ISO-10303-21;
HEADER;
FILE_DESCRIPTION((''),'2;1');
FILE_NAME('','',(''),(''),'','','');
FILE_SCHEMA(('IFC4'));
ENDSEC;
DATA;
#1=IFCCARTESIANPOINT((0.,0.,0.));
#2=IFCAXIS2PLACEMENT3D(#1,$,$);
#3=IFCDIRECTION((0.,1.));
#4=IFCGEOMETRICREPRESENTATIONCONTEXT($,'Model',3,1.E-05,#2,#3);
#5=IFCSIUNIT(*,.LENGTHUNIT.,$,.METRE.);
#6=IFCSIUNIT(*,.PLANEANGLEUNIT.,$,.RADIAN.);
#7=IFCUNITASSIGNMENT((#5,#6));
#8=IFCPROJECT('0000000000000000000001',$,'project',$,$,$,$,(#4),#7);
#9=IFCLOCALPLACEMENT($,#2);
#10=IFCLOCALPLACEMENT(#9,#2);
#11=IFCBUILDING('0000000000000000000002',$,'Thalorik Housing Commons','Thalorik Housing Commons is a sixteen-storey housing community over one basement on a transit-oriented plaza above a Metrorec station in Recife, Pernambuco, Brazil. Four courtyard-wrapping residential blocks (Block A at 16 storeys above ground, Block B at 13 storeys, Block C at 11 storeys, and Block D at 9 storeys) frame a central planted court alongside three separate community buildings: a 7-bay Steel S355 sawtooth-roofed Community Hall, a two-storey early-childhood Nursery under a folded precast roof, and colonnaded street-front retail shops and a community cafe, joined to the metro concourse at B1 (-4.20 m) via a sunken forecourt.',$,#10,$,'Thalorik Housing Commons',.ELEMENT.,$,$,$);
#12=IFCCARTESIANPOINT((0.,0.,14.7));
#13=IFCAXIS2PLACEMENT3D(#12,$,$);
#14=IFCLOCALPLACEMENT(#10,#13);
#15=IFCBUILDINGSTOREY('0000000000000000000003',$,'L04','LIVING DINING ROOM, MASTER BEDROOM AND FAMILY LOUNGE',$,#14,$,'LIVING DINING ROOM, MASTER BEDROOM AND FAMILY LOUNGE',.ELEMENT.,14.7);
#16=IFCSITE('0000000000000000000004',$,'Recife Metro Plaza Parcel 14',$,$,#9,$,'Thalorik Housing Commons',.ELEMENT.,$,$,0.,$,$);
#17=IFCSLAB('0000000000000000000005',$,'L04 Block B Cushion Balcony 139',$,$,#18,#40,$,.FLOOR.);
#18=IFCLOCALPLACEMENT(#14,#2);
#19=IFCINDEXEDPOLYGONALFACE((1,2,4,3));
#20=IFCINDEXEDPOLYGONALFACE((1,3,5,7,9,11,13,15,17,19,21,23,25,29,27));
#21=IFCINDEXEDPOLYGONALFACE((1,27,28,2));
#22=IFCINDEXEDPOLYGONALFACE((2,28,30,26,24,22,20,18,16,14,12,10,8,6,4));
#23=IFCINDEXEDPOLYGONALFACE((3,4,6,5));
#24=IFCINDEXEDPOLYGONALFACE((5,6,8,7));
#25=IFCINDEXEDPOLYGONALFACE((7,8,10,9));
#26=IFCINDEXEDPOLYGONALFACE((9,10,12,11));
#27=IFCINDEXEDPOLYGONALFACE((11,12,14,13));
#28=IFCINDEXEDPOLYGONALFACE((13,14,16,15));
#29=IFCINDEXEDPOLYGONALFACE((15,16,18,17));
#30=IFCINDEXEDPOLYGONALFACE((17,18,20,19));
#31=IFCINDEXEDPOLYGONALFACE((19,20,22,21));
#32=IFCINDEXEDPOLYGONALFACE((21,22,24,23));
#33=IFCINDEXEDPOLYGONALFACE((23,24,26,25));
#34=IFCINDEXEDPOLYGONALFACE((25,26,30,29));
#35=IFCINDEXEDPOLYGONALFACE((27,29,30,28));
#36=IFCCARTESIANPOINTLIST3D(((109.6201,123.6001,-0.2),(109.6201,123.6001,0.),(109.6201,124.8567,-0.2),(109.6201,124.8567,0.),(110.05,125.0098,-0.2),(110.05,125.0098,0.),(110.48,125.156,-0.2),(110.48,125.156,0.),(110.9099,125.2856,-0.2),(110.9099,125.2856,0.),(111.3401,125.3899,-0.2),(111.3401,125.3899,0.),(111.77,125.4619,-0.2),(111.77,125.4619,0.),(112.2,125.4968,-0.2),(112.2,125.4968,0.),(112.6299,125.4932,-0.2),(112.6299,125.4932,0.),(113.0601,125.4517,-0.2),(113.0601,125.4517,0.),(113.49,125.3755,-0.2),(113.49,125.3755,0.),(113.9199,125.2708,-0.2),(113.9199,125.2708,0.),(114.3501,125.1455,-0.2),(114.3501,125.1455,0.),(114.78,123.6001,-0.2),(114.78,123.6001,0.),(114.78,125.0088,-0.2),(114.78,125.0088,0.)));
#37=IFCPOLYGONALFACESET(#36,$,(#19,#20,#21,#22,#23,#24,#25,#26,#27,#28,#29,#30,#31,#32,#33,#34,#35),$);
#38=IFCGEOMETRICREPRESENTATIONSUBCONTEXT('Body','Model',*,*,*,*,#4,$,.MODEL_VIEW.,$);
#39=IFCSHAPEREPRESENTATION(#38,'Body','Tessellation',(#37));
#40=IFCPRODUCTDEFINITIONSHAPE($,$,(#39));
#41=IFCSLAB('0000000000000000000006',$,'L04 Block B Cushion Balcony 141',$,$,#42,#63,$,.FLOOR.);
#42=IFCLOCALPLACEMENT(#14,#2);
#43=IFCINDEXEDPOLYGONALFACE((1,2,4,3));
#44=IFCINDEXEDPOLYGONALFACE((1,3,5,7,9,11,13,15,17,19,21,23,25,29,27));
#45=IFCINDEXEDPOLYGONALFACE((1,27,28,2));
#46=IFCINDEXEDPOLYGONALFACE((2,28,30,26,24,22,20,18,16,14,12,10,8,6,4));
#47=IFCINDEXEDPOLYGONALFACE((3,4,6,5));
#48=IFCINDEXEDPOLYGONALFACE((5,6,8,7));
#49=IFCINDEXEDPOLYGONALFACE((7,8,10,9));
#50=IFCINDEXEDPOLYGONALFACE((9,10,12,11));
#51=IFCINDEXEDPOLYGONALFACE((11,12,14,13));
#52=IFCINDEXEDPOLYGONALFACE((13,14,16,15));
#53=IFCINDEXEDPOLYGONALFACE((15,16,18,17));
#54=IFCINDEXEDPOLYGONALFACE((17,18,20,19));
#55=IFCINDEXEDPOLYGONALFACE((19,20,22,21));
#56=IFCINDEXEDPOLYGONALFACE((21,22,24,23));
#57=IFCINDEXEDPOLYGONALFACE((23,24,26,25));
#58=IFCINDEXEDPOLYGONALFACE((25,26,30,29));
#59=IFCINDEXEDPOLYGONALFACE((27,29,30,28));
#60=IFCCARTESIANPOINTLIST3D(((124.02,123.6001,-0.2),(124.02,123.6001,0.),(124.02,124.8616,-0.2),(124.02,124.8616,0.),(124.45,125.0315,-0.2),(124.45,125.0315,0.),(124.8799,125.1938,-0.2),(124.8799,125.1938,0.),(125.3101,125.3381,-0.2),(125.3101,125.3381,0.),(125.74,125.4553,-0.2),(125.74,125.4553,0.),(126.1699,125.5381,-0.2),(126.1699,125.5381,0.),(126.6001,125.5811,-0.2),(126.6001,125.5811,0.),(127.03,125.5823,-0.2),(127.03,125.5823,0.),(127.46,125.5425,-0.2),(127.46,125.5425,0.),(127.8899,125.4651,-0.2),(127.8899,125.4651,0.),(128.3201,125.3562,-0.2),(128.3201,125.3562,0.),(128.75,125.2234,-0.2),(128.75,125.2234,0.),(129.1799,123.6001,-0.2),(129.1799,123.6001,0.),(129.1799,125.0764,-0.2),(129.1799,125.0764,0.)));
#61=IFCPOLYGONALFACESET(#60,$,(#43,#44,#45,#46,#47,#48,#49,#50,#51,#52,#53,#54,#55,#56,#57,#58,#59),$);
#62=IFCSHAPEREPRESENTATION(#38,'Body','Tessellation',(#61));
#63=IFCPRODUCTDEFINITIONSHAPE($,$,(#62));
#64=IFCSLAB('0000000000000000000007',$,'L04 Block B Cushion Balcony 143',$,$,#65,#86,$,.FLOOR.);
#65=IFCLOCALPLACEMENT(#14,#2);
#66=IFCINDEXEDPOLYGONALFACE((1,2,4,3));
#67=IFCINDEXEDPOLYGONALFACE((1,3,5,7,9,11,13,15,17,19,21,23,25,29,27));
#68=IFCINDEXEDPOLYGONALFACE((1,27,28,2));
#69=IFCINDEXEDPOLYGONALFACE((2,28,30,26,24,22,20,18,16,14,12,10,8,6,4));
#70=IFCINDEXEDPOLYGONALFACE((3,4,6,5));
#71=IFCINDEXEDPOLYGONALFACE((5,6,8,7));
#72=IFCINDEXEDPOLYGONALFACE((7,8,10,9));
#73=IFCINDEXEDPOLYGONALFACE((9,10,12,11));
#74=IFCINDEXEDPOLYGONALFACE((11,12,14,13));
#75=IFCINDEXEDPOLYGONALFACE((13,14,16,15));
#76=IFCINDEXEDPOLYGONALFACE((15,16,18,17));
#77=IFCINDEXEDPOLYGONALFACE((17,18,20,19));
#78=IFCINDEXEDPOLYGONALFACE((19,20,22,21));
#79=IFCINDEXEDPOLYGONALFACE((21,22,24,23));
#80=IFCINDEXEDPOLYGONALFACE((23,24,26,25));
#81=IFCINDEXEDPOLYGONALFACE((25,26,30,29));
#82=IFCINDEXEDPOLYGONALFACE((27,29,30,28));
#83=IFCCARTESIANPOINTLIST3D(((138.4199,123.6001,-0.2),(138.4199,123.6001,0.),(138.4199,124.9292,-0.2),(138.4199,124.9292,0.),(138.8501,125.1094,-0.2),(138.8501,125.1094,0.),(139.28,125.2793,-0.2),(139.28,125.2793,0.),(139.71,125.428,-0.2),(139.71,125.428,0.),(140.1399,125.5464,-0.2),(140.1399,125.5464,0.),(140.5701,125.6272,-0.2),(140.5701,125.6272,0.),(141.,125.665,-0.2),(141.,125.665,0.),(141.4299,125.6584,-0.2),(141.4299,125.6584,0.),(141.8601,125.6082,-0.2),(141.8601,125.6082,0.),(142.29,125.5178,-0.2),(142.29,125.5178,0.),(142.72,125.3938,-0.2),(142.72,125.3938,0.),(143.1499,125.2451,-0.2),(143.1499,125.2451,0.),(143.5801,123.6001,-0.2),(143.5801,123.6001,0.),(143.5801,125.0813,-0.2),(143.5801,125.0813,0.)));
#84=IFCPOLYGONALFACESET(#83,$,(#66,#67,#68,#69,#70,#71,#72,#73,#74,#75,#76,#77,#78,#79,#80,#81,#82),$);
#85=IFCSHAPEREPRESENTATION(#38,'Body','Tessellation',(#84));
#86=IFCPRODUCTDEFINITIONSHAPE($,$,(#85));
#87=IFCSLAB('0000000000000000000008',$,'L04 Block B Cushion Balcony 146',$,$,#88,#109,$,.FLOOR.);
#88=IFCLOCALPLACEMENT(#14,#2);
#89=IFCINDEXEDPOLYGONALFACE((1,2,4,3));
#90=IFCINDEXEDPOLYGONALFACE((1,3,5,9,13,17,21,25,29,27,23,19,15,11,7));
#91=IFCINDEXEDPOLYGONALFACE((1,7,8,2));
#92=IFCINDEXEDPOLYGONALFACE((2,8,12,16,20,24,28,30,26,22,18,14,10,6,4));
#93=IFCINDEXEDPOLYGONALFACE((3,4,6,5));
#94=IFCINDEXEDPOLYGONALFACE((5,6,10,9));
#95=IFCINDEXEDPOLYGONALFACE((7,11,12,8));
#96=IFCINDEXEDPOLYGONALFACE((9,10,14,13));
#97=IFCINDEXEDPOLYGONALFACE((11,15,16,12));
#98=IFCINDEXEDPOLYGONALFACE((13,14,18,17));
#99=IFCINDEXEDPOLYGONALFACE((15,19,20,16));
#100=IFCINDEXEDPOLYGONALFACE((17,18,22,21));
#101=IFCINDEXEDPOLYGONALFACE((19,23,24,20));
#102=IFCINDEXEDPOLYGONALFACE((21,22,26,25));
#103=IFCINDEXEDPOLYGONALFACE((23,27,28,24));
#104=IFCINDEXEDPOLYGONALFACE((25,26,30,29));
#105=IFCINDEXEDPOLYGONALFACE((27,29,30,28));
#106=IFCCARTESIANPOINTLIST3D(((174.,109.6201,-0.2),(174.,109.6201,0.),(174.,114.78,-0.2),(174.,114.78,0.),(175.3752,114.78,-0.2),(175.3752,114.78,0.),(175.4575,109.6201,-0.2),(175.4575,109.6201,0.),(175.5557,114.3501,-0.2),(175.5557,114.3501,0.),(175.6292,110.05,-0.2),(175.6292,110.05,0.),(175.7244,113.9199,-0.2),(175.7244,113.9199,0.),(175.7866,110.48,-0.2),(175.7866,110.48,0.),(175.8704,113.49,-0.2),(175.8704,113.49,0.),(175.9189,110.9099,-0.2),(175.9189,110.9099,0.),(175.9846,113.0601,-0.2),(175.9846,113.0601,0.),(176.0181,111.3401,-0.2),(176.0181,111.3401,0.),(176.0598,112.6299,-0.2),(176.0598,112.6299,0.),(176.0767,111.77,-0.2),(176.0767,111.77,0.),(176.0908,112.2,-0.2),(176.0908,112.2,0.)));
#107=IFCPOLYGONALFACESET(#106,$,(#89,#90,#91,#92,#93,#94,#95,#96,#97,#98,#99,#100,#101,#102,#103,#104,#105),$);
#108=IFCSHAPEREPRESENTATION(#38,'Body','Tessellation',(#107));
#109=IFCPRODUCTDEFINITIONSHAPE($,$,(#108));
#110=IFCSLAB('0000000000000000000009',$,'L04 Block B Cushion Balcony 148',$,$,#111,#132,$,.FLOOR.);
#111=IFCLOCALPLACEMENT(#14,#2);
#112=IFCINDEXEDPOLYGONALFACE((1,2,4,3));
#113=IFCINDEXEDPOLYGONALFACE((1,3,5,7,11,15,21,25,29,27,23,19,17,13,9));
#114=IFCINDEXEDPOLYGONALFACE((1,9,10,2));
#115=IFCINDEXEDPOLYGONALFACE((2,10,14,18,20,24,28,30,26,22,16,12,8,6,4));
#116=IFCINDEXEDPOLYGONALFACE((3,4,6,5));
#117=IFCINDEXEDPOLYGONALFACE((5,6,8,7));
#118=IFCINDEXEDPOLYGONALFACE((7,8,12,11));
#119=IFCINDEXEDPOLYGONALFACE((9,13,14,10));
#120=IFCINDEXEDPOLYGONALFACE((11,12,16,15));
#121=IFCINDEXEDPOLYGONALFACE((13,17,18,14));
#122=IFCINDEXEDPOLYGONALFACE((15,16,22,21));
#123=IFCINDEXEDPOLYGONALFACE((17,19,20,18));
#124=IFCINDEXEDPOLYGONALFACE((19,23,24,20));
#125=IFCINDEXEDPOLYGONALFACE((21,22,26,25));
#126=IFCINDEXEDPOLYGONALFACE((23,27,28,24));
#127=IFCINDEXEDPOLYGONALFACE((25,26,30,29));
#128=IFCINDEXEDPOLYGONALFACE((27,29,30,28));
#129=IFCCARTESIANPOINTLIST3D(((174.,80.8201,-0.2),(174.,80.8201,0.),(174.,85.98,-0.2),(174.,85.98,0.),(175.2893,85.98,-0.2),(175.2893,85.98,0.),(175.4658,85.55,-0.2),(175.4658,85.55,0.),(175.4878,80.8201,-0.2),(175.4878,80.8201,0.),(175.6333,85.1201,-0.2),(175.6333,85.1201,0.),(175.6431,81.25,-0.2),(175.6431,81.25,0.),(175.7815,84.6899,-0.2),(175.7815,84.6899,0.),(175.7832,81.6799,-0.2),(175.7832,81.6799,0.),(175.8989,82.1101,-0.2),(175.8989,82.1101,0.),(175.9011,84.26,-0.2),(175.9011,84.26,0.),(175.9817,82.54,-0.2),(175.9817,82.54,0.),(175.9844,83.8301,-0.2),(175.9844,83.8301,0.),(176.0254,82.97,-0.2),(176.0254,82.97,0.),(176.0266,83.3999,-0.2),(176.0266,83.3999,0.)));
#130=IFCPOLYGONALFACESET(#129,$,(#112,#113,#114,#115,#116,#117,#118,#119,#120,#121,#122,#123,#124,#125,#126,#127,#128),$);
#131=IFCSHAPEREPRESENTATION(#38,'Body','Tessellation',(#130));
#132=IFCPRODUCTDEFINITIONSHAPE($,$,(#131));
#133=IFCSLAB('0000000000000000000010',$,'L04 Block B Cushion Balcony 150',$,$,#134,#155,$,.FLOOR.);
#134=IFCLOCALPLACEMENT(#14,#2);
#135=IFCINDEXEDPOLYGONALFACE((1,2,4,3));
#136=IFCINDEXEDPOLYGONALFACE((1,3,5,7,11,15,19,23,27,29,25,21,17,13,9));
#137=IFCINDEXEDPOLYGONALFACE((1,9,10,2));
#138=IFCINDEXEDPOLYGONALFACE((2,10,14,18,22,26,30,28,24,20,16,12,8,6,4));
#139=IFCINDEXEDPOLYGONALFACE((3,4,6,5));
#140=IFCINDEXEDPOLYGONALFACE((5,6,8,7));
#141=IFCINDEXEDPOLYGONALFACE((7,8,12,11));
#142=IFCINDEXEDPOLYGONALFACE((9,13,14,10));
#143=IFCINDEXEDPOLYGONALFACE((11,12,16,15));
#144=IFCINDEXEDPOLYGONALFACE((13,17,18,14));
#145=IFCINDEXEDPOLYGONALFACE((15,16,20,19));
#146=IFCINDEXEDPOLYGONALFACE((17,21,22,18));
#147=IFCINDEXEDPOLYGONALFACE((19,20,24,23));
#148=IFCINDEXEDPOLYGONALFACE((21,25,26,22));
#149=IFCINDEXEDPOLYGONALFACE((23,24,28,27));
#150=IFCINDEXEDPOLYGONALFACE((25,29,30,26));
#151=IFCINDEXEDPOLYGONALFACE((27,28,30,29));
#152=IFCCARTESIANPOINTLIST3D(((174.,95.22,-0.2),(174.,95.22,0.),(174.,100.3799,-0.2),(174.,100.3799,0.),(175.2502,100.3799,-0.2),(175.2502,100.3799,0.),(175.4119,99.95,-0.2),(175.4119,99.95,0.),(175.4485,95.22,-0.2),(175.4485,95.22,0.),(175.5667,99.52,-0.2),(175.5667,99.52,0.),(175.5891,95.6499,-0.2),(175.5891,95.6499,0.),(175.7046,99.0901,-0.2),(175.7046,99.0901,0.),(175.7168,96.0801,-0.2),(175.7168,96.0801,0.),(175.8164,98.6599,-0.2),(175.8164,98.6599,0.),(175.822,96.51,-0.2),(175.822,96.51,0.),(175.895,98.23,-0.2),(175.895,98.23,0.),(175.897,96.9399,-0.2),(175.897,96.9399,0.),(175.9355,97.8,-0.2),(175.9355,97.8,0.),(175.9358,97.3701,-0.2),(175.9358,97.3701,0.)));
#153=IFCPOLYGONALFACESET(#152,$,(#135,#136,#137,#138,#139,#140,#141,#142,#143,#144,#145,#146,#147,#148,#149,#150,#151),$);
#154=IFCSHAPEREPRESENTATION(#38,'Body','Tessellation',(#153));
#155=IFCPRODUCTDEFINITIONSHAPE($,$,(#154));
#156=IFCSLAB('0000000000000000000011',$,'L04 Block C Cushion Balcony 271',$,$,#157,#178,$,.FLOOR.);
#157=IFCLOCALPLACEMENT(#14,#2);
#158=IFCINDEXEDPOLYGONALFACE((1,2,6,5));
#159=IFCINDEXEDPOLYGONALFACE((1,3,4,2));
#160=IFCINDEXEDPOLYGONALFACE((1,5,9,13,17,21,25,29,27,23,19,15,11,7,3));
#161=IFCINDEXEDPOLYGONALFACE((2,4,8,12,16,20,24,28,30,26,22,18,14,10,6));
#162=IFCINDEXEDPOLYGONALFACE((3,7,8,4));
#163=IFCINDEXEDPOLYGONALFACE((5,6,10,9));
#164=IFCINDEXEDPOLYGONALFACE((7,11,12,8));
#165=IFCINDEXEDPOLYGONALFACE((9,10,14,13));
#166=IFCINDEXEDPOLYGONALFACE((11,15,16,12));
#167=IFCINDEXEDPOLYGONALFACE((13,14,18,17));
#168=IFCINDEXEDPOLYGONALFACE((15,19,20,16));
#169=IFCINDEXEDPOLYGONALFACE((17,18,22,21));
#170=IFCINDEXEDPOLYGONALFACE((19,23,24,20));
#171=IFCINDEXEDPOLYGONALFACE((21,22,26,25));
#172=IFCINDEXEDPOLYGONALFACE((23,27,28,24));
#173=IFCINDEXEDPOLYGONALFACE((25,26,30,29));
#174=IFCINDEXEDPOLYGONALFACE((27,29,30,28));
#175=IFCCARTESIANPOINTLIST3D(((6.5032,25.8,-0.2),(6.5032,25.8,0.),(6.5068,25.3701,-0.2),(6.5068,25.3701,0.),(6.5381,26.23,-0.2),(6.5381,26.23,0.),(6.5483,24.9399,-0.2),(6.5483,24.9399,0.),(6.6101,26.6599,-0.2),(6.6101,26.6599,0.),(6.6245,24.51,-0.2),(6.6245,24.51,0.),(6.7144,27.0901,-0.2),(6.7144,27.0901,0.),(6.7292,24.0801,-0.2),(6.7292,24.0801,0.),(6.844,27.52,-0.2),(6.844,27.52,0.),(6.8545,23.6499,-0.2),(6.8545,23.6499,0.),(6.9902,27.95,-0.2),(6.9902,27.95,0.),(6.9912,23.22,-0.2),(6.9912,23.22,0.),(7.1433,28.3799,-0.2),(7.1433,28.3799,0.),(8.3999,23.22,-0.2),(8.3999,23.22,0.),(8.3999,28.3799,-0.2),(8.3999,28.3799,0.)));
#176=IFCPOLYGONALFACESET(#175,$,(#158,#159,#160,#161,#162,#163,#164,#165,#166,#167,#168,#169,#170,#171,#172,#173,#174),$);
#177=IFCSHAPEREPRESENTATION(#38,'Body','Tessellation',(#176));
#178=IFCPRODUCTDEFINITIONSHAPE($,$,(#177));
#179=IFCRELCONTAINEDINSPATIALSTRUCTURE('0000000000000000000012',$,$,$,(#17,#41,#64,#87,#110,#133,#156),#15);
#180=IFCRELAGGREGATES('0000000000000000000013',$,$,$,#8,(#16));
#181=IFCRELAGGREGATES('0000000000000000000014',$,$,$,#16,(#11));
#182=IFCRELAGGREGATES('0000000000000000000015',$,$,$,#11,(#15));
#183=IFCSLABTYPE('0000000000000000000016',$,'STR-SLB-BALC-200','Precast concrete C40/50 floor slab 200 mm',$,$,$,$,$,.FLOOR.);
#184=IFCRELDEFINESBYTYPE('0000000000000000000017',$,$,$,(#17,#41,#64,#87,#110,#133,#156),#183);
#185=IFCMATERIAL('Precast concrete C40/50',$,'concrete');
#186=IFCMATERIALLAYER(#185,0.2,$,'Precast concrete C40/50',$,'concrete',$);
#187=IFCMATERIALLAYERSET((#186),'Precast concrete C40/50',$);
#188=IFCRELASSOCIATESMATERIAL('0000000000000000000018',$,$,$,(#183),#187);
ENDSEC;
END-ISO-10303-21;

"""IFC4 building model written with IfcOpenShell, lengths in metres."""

from ifc_helpers import new_model, si_unit, direction, frame, origin, place, context, subcontext, project, spatial, polyline, outline, extrude, material, layer, layer_set, type_object, element, save


model = new_model("IFC4")

# Units and contexts
model_context = context("Model", 3, precision=1e-05, world=origin(), true_north=direction((0.0, 1.0)))
body_context = subcontext(model_context, "Body", "Model", "MODEL_VIEW")
ifc_project = project(units=[si_unit("LENGTHUNIT", "METRE"), si_unit("PLANEANGLEUNIT", "RADIAN")], contexts=[model_context])

# Site, building, storey
site_placement = place(None, origin())
site = spatial("IfcSite", under=ifc_project, at=site_placement, Name="Recife Metro Plaza Parcel 14", LongName="Thalorik Housing Commons", CompositionType="ELEMENT", RefElevation=0.0)
building_placement = place(site_placement, origin())
building = spatial("IfcBuilding", under=site, at=building_placement, Name="Thalorik Housing Commons", Description="Thalorik Housing Commons is a sixteen-storey housing community over one basement on a transit-oriented plaza above a Metrorec station in Recife, Pernambuco, Brazil. Four courtyard-wrapping residential blocks (Block A at 16 storeys above ground, Block B at 13 storeys, Block C at 11 storeys, and Block D at 9 storeys) frame a central planted court alongside three separate community buildings: a 7-bay Steel S355 sawtooth-roofed Community Hall, a two-storey early-childhood Nursery under a folded precast roof, and colonnaded street-front retail shops and a community cafe, joined to the metro concourse at B1 (-4.20 m) via a sunken forecourt.", LongName="Thalorik Housing Commons", CompositionType="ELEMENT")
storey_placement = place(building_placement, frame((0.0, 0.0, 14.7)))
storey = spatial("IfcBuildingStorey", under=building, at=storey_placement, Name="L04", Description="LIVING DINING ROOM, MASTER BEDROOM AND FAMILY LOUNGE", LongName="LIVING DINING ROOM, MASTER BEDROOM AND FAMILY LOUNGE", CompositionType="ELEMENT", Elevation=14.7)

# Slabs
ifc_material_1 = material(Name="Precast concrete C40/50", Category="concrete")
ifc_layer_1 = layer(ifc_material_1, 0.2, Name="Precast concrete C40/50", Category="concrete")
ifc_layer_set_1 = layer_set([ifc_layer_1], Name="Precast concrete C40/50")
slab_type_1 = type_object("IfcSlabType", Name="STR-SLB-BALC-200", Description="Precast concrete C40/50 floor slab 200 mm", PredefinedType="FLOOR", material=ifc_layer_set_1)
slab_1_placement = place(storey_placement, frame((0.0, 0.0, -0.2)))
element("IfcSlab", 1, at=slab_1_placement, inside=storey, type_object=slab_type_1, Name="L04 Block B Cushion Balcony 139", PredefinedType="FLOOR", context=body_context, shape_type="SweptSolid", body=[
    extrude(outline(polyline([(109.6201, 123.6001), (114.78, 123.6001), (114.78, 125.0088), (114.3501, 125.1455), (113.9199, 125.2708), (113.49, 125.3755), (113.0601, 125.4517), (112.6299, 125.4932), (112.2, 125.4968), (111.77, 125.4619), (111.3401, 125.3899), (110.9099, 125.2856), (110.48, 125.156), (110.05, 125.0098), (109.6201, 124.8567), (109.6201, 123.6001)])), origin(), (0.0, 0.0, 1.0), 0.2),
])
slab_2_placement = place(storey_placement, frame((0.0, 0.0, -0.2)))
element("IfcSlab", 2, at=slab_2_placement, inside=storey, type_object=slab_type_1, Name="L04 Block B Cushion Balcony 141", PredefinedType="FLOOR", context=body_context, shape_type="SweptSolid", body=[
    extrude(outline(polyline([(124.02, 123.6001), (129.1799, 123.6001), (129.1799, 125.0764), (128.75, 125.2234), (128.3201, 125.3562), (127.8899, 125.4651), (127.46, 125.5425), (127.03, 125.5823), (126.6001, 125.5811), (126.1699, 125.5381), (125.74, 125.4553), (125.3101, 125.3381), (124.8799, 125.1938), (124.45, 125.0315), (124.02, 124.8616), (124.02, 123.6001)])), origin(), (0.0, 0.0, 1.0), 0.2),
])
slab_3_placement = place(storey_placement, frame((0.0, 0.0, -0.2)))
element("IfcSlab", 3, at=slab_3_placement, inside=storey, type_object=slab_type_1, Name="L04 Block B Cushion Balcony 143", PredefinedType="FLOOR", context=body_context, shape_type="SweptSolid", body=[
    extrude(outline(polyline([(138.4199, 123.6001), (143.5801, 123.6001), (143.5801, 125.0813), (143.1499, 125.2451), (142.72, 125.3938), (142.29, 125.5178), (141.8601, 125.6082), (141.4299, 125.6584), (141.0, 125.665), (140.5701, 125.6272), (140.1399, 125.5464), (139.71, 125.428), (139.28, 125.2793), (138.8501, 125.1094), (138.4199, 124.9292), (138.4199, 123.6001)])), origin(), (0.0, 0.0, 1.0), 0.2),
])
slab_4_placement = place(storey_placement, frame((0.0, 0.0, -0.2)))
element("IfcSlab", 4, at=slab_4_placement, inside=storey, type_object=slab_type_1, Name="L04 Block B Cushion Balcony 146", PredefinedType="FLOOR", context=body_context, shape_type="SweptSolid", body=[
    extrude(outline(polyline([(175.4575, 109.6201), (175.6292, 110.05), (175.7866, 110.48), (175.9189, 110.9099), (176.0181, 111.3401), (176.0767, 111.77), (176.0908, 112.2), (176.0598, 112.6299), (175.9846, 113.0601), (175.8704, 113.49), (175.7244, 113.9199), (175.5557, 114.3501), (175.3752, 114.78), (174.0, 114.78), (174.0, 109.6201), (175.4575, 109.6201)])), origin(), (0.0, 0.0, 1.0), 0.2),
])
slab_5_placement = place(storey_placement, frame((0.0, 0.0, -0.2)))
element("IfcSlab", 5, at=slab_5_placement, inside=storey, type_object=slab_type_1, Name="L04 Block B Cushion Balcony 148", PredefinedType="FLOOR", context=body_context, shape_type="SweptSolid", body=[
    extrude(outline(polyline([(175.4878, 80.8201), (175.6431, 81.25), (175.7832, 81.6799), (175.8989, 82.1101), (175.9817, 82.54), (176.0254, 82.97), (176.0266, 83.3999), (175.9844, 83.8301), (175.9011, 84.26), (175.7815, 84.6899), (175.6333, 85.1201), (175.4658, 85.55), (175.2893, 85.98), (174.0, 85.98), (174.0, 80.8201), (175.4878, 80.8201)])), origin(), (0.0, 0.0, 1.0), 0.2),
])
slab_6_placement = place(storey_placement, frame((0.0, 0.0, -0.2)))
element("IfcSlab", 6, at=slab_6_placement, inside=storey, type_object=slab_type_1, Name="L04 Block B Cushion Balcony 150", PredefinedType="FLOOR", context=body_context, shape_type="SweptSolid", body=[
    extrude(outline(polyline([(175.4485, 95.22), (175.5891, 95.6499), (175.7168, 96.0801), (175.822, 96.51), (175.897, 96.9399), (175.9358, 97.3701), (175.9355, 97.8), (175.895, 98.23), (175.8164, 98.6599), (175.7046, 99.0901), (175.5667, 99.52), (175.4119, 99.95), (175.2502, 100.3799), (174.0, 100.3799), (174.0, 95.22), (175.4485, 95.22)])), origin(), (0.0, 0.0, 1.0), 0.2),
])
slab_7_placement = place(storey_placement, frame((0.0, 0.0, -0.2)))
element("IfcSlab", 7, at=slab_7_placement, inside=storey, type_object=slab_type_1, Name="L04 Block C Cushion Balcony 271", PredefinedType="FLOOR", context=body_context, shape_type="SweptSolid", body=[
    extrude(outline(polyline([(8.3999, 23.22), (8.3999, 28.3799), (7.1433, 28.3799), (6.9902, 27.95), (6.844, 27.52), (6.7144, 27.0901), (6.6101, 26.6599), (6.5381, 26.23), (6.5032, 25.8), (6.5068, 25.3701), (6.5483, 24.9399), (6.6245, 24.51), (6.7292, 24.0801), (6.8545, 23.6499), (6.9912, 23.22), (8.3999, 23.22)])), origin(), (0.0, 0.0, 1.0), 0.2),
])

save(model, "model.ifc")
